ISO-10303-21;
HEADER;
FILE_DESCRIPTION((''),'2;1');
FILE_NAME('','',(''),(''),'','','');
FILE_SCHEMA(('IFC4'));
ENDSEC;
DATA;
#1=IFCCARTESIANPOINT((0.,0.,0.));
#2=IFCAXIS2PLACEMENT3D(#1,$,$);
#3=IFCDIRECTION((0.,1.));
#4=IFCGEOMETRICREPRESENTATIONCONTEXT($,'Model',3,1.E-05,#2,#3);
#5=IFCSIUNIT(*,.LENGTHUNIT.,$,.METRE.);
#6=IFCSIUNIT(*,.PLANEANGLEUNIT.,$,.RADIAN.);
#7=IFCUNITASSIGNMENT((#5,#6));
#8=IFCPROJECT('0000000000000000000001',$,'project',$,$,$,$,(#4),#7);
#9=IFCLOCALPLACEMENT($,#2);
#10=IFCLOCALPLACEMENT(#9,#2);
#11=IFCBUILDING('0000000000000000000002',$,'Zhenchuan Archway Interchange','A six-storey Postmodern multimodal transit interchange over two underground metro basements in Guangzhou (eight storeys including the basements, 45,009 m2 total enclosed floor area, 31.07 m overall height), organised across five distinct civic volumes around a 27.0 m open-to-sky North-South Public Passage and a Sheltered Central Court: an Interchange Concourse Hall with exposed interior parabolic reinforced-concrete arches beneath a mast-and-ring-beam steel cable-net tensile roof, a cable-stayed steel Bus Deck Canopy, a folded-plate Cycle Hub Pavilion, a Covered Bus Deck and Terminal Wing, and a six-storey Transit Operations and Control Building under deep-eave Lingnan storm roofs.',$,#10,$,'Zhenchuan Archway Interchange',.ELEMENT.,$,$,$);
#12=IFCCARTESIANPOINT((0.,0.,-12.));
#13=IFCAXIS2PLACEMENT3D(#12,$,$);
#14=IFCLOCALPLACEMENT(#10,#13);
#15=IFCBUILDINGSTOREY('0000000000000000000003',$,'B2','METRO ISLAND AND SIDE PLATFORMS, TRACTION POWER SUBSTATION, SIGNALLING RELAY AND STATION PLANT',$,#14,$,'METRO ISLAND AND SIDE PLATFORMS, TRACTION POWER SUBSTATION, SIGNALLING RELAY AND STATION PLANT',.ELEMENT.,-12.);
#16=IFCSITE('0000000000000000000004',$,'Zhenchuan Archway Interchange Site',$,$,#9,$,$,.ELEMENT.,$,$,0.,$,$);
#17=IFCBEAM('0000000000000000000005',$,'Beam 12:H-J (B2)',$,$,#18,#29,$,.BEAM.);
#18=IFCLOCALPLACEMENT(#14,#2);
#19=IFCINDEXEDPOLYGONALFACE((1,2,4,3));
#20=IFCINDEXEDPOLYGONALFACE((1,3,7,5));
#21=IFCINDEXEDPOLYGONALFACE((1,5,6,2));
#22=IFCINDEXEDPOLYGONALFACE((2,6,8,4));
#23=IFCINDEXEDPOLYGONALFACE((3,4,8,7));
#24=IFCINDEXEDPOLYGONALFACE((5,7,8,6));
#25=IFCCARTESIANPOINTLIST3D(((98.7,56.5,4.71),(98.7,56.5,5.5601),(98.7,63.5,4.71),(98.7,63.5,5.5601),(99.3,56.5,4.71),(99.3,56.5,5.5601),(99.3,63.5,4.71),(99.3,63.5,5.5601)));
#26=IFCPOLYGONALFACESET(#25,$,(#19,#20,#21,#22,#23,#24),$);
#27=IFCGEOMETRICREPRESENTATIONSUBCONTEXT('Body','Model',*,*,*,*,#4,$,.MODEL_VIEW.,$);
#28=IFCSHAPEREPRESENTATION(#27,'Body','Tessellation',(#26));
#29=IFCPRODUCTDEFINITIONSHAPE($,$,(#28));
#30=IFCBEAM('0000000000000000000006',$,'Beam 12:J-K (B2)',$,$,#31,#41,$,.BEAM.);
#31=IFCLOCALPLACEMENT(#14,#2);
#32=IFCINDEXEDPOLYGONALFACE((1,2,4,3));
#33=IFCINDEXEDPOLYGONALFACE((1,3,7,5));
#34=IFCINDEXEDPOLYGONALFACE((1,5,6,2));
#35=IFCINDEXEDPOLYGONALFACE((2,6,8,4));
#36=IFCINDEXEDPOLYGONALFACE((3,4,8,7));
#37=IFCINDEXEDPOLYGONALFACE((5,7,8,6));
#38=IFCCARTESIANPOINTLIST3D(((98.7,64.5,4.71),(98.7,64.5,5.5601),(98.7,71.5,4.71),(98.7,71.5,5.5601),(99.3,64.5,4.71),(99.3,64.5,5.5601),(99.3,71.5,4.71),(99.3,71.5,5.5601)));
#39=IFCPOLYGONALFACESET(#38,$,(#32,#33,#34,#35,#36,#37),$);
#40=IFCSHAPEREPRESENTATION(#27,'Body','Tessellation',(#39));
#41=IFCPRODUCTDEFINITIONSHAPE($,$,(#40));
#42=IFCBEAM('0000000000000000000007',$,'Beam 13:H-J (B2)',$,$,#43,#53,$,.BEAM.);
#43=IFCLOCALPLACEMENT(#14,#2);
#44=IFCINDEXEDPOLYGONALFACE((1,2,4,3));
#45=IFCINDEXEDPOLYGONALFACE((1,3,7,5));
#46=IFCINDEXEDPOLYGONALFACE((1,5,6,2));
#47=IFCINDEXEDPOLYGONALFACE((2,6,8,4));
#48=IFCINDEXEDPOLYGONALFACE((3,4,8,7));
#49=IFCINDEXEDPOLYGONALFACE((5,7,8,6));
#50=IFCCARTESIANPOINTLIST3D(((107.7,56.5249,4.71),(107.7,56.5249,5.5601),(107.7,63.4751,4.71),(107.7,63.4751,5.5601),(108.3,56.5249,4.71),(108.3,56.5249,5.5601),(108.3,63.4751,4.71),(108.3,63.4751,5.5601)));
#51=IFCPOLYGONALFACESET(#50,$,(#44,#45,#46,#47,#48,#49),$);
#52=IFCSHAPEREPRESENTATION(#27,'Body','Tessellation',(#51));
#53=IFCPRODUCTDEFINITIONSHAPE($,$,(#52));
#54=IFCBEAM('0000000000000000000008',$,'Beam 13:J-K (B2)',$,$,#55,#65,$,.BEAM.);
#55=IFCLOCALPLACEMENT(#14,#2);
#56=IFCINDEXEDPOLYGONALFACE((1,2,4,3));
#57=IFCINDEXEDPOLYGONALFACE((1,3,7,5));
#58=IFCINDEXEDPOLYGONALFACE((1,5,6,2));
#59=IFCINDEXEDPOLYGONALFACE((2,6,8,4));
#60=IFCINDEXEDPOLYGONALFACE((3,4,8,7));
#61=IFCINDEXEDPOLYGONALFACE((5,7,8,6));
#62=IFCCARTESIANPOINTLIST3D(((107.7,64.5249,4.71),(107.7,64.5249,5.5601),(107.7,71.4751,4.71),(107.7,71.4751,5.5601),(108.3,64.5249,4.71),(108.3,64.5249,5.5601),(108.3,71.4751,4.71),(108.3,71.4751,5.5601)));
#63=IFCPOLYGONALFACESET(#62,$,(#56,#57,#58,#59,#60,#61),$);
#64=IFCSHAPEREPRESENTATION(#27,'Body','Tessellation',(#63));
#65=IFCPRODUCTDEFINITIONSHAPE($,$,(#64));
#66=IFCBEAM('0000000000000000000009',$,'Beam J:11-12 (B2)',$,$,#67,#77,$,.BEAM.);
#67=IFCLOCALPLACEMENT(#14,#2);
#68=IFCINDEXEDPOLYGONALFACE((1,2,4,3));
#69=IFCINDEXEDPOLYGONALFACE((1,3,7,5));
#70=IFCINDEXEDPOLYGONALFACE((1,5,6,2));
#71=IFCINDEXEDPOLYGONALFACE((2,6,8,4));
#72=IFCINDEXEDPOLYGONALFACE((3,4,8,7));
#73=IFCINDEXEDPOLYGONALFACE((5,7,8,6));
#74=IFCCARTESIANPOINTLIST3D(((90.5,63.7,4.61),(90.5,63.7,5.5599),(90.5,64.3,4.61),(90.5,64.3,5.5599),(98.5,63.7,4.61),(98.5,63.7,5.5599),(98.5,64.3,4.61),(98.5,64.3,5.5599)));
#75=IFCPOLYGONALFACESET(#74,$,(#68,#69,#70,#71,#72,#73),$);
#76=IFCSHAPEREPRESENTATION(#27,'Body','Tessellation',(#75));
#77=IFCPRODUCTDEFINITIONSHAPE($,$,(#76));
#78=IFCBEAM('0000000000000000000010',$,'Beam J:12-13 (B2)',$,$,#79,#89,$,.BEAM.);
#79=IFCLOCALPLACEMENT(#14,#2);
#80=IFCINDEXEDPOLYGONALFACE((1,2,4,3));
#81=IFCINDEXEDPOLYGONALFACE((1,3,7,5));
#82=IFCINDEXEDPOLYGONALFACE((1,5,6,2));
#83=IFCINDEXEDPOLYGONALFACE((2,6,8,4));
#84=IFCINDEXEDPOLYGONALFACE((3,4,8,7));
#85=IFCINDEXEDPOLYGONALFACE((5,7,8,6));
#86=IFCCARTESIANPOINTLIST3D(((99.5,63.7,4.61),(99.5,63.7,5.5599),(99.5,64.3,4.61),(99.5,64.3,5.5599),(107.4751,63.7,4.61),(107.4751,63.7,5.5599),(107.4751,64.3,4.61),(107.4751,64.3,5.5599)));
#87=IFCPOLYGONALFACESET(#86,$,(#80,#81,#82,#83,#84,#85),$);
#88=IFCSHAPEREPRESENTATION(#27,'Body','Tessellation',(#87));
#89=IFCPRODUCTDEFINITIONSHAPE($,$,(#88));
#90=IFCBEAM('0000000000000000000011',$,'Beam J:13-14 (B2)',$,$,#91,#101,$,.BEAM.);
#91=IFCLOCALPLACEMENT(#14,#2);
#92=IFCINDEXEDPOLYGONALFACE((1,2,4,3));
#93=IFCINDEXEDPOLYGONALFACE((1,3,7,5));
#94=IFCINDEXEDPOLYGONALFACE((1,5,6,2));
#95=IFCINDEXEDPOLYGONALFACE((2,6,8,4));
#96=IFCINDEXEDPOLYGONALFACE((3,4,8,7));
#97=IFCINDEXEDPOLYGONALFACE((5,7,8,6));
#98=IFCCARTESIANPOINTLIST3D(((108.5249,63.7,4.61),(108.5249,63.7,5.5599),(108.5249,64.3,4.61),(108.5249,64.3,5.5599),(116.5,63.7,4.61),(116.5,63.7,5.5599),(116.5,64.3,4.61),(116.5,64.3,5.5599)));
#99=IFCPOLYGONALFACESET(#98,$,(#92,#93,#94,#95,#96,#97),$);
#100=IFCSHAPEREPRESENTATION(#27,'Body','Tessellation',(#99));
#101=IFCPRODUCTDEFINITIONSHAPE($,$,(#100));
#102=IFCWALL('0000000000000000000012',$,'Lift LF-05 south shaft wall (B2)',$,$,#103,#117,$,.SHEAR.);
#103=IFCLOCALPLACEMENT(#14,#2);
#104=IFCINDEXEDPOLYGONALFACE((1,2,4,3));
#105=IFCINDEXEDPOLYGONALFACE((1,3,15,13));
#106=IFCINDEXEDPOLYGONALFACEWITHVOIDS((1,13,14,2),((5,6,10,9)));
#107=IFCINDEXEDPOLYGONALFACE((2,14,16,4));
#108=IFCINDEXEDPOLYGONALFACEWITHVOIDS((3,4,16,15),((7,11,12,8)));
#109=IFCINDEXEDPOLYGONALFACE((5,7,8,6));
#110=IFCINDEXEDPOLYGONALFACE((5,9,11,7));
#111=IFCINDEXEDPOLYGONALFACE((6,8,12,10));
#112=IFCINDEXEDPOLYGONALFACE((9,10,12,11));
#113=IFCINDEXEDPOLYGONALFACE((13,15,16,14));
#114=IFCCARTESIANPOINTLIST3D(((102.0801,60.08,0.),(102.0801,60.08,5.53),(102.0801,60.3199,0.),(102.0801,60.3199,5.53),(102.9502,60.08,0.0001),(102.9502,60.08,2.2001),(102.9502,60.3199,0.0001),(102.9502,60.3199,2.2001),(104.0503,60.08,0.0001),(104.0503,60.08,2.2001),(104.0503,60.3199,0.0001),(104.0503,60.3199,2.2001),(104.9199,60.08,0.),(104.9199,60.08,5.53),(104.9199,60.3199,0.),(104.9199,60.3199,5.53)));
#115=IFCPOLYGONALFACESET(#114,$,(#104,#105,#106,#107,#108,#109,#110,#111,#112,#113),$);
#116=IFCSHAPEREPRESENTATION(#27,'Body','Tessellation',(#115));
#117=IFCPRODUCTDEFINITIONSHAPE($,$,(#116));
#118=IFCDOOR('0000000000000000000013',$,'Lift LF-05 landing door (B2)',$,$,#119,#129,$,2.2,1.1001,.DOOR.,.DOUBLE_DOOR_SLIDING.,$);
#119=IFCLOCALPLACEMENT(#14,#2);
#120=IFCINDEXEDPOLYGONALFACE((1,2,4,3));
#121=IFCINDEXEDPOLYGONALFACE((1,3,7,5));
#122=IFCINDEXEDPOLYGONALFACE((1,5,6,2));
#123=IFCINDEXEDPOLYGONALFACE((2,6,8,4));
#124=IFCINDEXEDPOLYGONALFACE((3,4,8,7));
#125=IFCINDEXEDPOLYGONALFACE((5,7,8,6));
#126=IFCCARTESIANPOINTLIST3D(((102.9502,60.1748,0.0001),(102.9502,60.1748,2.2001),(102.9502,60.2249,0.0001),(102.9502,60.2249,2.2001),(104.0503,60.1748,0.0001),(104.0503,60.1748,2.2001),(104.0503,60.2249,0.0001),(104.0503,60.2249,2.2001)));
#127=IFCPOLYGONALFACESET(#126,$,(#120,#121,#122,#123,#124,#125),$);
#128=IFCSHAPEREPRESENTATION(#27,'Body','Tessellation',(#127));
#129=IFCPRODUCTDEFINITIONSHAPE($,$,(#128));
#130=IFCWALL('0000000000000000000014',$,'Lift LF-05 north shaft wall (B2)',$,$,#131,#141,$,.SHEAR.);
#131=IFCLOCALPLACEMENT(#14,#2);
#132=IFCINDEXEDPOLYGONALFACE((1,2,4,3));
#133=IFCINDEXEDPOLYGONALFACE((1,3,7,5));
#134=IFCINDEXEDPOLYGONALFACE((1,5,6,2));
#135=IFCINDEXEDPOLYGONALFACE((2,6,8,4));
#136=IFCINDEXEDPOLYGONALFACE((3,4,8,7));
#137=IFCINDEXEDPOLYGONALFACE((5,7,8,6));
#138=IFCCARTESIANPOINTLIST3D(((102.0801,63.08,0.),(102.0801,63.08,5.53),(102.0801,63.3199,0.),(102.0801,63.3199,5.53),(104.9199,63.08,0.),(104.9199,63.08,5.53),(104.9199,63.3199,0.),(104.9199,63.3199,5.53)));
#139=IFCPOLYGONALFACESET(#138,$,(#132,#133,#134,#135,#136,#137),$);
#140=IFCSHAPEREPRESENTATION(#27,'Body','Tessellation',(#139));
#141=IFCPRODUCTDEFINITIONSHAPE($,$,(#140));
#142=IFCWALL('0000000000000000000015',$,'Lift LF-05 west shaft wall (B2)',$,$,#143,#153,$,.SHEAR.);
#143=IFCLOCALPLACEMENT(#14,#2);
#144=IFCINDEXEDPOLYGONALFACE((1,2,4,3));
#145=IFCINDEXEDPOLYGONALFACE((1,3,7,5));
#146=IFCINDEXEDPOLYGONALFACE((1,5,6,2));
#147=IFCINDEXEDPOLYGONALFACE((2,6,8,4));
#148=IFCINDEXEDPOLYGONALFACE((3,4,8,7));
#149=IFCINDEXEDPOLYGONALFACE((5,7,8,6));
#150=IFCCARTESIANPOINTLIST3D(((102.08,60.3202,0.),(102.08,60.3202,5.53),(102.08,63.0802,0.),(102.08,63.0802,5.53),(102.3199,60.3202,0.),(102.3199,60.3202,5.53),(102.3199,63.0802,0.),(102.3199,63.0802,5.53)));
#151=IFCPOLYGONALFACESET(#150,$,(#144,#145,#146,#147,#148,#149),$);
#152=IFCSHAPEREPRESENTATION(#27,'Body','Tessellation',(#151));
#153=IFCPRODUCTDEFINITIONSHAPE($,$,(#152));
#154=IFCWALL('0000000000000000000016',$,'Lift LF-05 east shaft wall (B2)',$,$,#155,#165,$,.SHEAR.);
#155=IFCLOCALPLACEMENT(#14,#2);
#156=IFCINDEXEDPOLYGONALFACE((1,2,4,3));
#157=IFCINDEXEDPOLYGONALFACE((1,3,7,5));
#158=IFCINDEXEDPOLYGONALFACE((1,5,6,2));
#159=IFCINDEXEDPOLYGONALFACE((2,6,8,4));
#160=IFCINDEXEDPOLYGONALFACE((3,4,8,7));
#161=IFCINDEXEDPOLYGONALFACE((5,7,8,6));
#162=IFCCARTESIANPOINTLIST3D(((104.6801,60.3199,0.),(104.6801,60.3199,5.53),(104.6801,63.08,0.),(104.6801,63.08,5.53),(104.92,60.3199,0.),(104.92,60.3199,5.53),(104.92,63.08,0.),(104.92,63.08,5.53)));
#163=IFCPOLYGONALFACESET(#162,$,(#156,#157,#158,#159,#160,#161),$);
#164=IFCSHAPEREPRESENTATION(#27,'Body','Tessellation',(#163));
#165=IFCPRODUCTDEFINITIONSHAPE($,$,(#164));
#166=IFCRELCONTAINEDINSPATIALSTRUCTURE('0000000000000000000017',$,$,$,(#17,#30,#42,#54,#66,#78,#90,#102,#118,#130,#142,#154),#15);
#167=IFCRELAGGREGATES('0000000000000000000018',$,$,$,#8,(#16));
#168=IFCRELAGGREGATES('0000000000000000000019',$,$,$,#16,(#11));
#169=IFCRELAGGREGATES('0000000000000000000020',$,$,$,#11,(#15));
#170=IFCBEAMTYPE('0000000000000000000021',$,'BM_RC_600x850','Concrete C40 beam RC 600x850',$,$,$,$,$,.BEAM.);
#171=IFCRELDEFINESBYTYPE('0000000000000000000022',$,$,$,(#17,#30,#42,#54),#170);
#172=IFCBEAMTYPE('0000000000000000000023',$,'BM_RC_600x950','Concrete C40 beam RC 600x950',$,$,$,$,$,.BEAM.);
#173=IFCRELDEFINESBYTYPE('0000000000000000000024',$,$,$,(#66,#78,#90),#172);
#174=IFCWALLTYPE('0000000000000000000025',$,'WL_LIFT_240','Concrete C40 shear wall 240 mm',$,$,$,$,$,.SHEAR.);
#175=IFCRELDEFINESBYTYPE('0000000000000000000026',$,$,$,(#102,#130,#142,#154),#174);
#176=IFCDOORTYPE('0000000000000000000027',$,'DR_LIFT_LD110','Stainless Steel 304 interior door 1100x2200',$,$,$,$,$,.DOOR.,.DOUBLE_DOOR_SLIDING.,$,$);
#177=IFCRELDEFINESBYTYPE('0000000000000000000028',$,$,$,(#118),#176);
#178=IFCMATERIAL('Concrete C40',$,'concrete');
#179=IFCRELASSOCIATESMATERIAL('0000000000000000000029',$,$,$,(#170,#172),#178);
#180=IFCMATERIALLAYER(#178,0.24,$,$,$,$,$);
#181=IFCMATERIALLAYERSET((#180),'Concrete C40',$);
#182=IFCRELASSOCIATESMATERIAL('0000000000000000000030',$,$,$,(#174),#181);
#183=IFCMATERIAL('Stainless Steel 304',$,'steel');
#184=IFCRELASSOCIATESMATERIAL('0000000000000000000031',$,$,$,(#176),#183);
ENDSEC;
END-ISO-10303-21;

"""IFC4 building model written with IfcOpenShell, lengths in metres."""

from ifc_helpers import new_model, si_unit, direction, frame, frame_2d, origin, origin_2d, place, context, subcontext, project, spatial, rectangle, extrude, material, layer, layer_set, material_profile, profile_set, type_object, element, fill, save


model = new_model("IFC4")

# Units and contexts
model_context = context("Model", 3, precision=1e-05, world=origin(), true_north=direction((0.0, 1.0)))
body_context = subcontext(model_context, "Body", "Model", "MODEL_VIEW")
ifc_project = project(units=[si_unit("LENGTHUNIT", "METRE"), si_unit("PLANEANGLEUNIT", "RADIAN")], contexts=[model_context])

# Site, building, storey
site_placement = place(None, origin())
site = spatial("IfcSite", under=ifc_project, at=site_placement, Name="Zhenchuan Archway Interchange Site", CompositionType="ELEMENT", RefElevation=0.0)
building_placement = place(site_placement, origin())
building = spatial("IfcBuilding", under=site, at=building_placement, Name="Zhenchuan Archway Interchange", Description="A six-storey Postmodern multimodal transit interchange over two underground metro basements in Guangzhou (eight storeys including the basements, 45,009 m2 total enclosed floor area, 31.07 m overall height), organised across five distinct civic volumes around a 27.0 m open-to-sky North-South Public Passage and a Sheltered Central Court: an Interchange Concourse Hall with exposed interior parabolic reinforced-concrete arches beneath a mast-and-ring-beam steel cable-net tensile roof, a cable-stayed steel Bus Deck Canopy, a folded-plate Cycle Hub Pavilion, a Covered Bus Deck and Terminal Wing, and a six-storey Transit Operations and Control Building under deep-eave Lingnan storm roofs.", LongName="Zhenchuan Archway Interchange", CompositionType="ELEMENT")
storey_placement = place(building_placement, frame((0.0, 0.0, -12.0)))
storey = spatial("IfcBuildingStorey", under=building, at=storey_placement, Name="B2", Description="METRO ISLAND AND SIDE PLATFORMS, TRACTION POWER SUBSTATION, SIGNALLING RELAY AND STATION PLANT", LongName="METRO ISLAND AND SIDE PLATFORMS, TRACTION POWER SUBSTATION, SIGNALLING RELAY AND STATION PLANT", CompositionType="ELEMENT", Elevation=-12.0)

# Shared definitions
ifc_material_1 = material(Name="Concrete C40", Category="concrete")

# Beams
ifc_material_profile_1 = material_profile(ifc_material_1, rectangle(XDim=0.6001, YDim=0.8501, at=origin_2d()), Name="RC 600x850")
ifc_profile_set_1 = profile_set([ifc_material_profile_1], Name="Concrete C40")
beam_type_1 = type_object("IfcBeamType", Name="BM_RC_600x850", Description="Concrete C40 beam RC 600x850", PredefinedType="BEAM", material=ifc_profile_set_1)
for number, where, z_axis, x_axis, name in (
    (1, (99.0, 56.5, 5.135), (0.0, 1.0, 0.0), (-1.0, 0.0, 0.0), "Beam 12:H-J (B2)"),
    (2, (99.0, 64.5, 5.135), (0.0, 1.0, 0.0), (-1.0, 0.0, 0.0), "Beam 12:J-K (B2)"),
):
    element("IfcBeam", number, at=place(storey_placement, frame(where, z_axis=z_axis, x_axis=x_axis)), inside=storey, type_object=beam_type_1, Name=name, PredefinedType="BEAM", context=body_context, shape_type="SweptSolid", body=[
        extrude(rectangle(XDim=0.6001, YDim=0.8501, at=origin_2d()), origin(), (0.0, 0.0, 1.0), 7.0),
    ])
for number, where, z_axis, x_axis, name in (
    (3, (108.0, 56.5249, 5.135), (0.0, 1.0, 0.0), (-1.0, 0.0, 0.0), "Beam 13:H-J (B2)"),
    (4, (108.0, 64.5249, 5.135), (0.0, 1.0, 0.0), (-1.0, 0.0, 0.0), "Beam 13:J-K (B2)"),
):
    element("IfcBeam", number, at=place(storey_placement, frame(where, z_axis=z_axis, x_axis=x_axis)), inside=storey, type_object=beam_type_1, Name=name, PredefinedType="BEAM", context=body_context, shape_type="SweptSolid", body=[
        extrude(rectangle(XDim=0.6001, YDim=0.8501, at=origin_2d()), origin(), (0.0, 0.0, 1.0), 6.9502),
    ])
ifc_material_profile_2 = material_profile(ifc_material_1, rectangle(XDim=0.6001, YDim=0.95, at=origin_2d()), Name="RC 600x950")
ifc_profile_set_2 = profile_set([ifc_material_profile_2], Name="Concrete C40")
beam_type_2 = type_object("IfcBeamType", Name="BM_RC_600x950", Description="Concrete C40 beam RC 600x950", PredefinedType="BEAM", material=ifc_profile_set_2)
beam_placement = place(storey_placement, frame((90.5, 64.0, 5.085), z_axis=(1.0, 0.0, 0.0), x_axis=(0.0, 1.0, 0.0)))
element("IfcBeam", 5, at=beam_placement, inside=storey, type_object=beam_type_2, Name="Beam J:11-12 (B2)", PredefinedType="BEAM", context=body_context, shape_type="SweptSolid", body=[
    extrude(rectangle(XDim=0.6001, YDim=0.95, at=origin_2d()), origin(), (0.0, 0.0, 1.0), 8.0),
])
for number, where, z_axis, x_axis, name in (
    (6, (99.5, 64.0, 5.085), (1.0, 0.0, 0.0), (0.0, 1.0, 0.0), "Beam J:12-13 (B2)"),
    (7, (108.5249, 64.0, 5.085), (1.0, 0.0, 0.0), (0.0, 1.0, 0.0), "Beam J:13-14 (B2)"),
):
    element("IfcBeam", number, at=place(storey_placement, frame(where, z_axis=z_axis, x_axis=x_axis)), inside=storey, type_object=beam_type_2, Name=name, PredefinedType="BEAM", context=body_context, shape_type="SweptSolid", body=[
        extrude(rectangle(XDim=0.6001, YDim=0.95, at=origin_2d()), origin(), (0.0, 0.0, 1.0), 7.9751),
    ])

# Wall, opening, door
ifc_layer = layer(ifc_material_1, 0.24)
ifc_layer_set = layer_set([ifc_layer], Name="Concrete C40")
wall_type = type_object("IfcWallType", Name="WL_LIFT_240", Description="Concrete C40 shear wall 240 mm", PredefinedType="SHEAR", material=ifc_layer_set)
wall_1_placement = place(storey_placement, frame((102.0801, 60.2, 0.0), z_axis=(0.0, 0.0, 1.0), x_axis=(1.0, 0.0, 0.0)))
wall_1 = element("IfcWall", 8, at=wall_1_placement, inside=storey, type_object=wall_type, Name="Lift LF-05 south shaft wall (B2)", PredefinedType="SHEAR", context=body_context, shape_type="SweptSolid", body=[
    extrude(rectangle(XDim=2.8398, YDim=0.24, at=frame_2d((1.4199, 0.0))), origin(), (0.0, 0.0, 1.0), 5.53),
])
opening_placement = place(wall_1_placement, frame((0.8701, 0.0, 0.0)))
opening = element("IfcOpeningElement", 9, at=opening_placement, cuts=wall_1, PredefinedType="OPENING", context=body_context, shape_type="SweptSolid", body=[
    extrude(rectangle(XDim=1.1001, YDim=2.2, at=frame_2d((0.55, 1.1001))), frame((0.0, 0.1318, 0.0), z_axis=(0.0, -1.0, 0.0), x_axis=(1.0, 0.0, 0.0)), (0.0, 0.0, 1.0), 0.2639),
])
ifc_material_2 = material(Name="Stainless Steel 304", Category="steel")
door_type = type_object("IfcDoorType", Name="DR_LIFT_LD110", Description="Stainless Steel 304 interior door 1100x2200", OperationType="DOUBLE_DOOR_SLIDING", PredefinedType="DOOR", material=ifc_material_2)
door_placement = place(opening_placement, origin())
door = element("IfcDoor", 10, at=door_placement, inside=storey, type_object=door_type, Name="Lift LF-05 landing door (B2)", OperationType="DOUBLE_DOOR_SLIDING", OverallHeight=2.2, OverallWidth=1.1001, PredefinedType="DOOR", context=body_context, shape_type="SweptSolid", body=[
    extrude(rectangle(XDim=1.1001, YDim=2.2, at=frame_2d((0.55, 1.1001))), frame((0.0, 0.0249, 0.0), z_axis=(0.0, -1.0, 0.0), x_axis=(1.0, 0.0, 0.0)), (0.0, 0.0, 1.0), 0.05),
])
fill(opening, door)

# Walls
wall_2_placement = place(storey_placement, frame((104.9199, 63.2, 0.0), z_axis=(0.0, 0.0, 1.0), x_axis=(-1.0, 0.0, 0.0)))
element("IfcWall", 11, at=wall_2_placement, inside=storey, type_object=wall_type, Name="Lift LF-05 north shaft wall (B2)", PredefinedType="SHEAR", context=body_context, shape_type="SweptSolid", body=[
    extrude(rectangle(XDim=2.8398, YDim=0.24, at=frame_2d((1.4199, 0.0))), origin(), (0.0, 0.0, 1.0), 5.53),
])
for number, where, z_axis, x_axis, name in (
    (12, (102.2, 63.0801, 0.0), (0.0, 0.0, 1.0), (0.0, -1.0, 0.0), "Lift LF-05 west shaft wall (B2)"),
    (13, (104.8, 60.3201, 0.0), (0.0, 0.0, 1.0), (0.0, 1.0, 0.0), "Lift LF-05 east shaft wall (B2)"),
):
    element("IfcWall", number, at=place(storey_placement, frame(where, z_axis=z_axis, x_axis=x_axis)), inside=storey, type_object=wall_type, Name=name, PredefinedType="SHEAR", context=body_context, shape_type="SweptSolid", body=[
        extrude(rectangle(XDim=2.76, YDim=0.24, at=frame_2d((1.3799, 0.0))), origin(), (0.0, 0.0, 1.0), 5.53),
    ])

save(model, "model.ifc")
